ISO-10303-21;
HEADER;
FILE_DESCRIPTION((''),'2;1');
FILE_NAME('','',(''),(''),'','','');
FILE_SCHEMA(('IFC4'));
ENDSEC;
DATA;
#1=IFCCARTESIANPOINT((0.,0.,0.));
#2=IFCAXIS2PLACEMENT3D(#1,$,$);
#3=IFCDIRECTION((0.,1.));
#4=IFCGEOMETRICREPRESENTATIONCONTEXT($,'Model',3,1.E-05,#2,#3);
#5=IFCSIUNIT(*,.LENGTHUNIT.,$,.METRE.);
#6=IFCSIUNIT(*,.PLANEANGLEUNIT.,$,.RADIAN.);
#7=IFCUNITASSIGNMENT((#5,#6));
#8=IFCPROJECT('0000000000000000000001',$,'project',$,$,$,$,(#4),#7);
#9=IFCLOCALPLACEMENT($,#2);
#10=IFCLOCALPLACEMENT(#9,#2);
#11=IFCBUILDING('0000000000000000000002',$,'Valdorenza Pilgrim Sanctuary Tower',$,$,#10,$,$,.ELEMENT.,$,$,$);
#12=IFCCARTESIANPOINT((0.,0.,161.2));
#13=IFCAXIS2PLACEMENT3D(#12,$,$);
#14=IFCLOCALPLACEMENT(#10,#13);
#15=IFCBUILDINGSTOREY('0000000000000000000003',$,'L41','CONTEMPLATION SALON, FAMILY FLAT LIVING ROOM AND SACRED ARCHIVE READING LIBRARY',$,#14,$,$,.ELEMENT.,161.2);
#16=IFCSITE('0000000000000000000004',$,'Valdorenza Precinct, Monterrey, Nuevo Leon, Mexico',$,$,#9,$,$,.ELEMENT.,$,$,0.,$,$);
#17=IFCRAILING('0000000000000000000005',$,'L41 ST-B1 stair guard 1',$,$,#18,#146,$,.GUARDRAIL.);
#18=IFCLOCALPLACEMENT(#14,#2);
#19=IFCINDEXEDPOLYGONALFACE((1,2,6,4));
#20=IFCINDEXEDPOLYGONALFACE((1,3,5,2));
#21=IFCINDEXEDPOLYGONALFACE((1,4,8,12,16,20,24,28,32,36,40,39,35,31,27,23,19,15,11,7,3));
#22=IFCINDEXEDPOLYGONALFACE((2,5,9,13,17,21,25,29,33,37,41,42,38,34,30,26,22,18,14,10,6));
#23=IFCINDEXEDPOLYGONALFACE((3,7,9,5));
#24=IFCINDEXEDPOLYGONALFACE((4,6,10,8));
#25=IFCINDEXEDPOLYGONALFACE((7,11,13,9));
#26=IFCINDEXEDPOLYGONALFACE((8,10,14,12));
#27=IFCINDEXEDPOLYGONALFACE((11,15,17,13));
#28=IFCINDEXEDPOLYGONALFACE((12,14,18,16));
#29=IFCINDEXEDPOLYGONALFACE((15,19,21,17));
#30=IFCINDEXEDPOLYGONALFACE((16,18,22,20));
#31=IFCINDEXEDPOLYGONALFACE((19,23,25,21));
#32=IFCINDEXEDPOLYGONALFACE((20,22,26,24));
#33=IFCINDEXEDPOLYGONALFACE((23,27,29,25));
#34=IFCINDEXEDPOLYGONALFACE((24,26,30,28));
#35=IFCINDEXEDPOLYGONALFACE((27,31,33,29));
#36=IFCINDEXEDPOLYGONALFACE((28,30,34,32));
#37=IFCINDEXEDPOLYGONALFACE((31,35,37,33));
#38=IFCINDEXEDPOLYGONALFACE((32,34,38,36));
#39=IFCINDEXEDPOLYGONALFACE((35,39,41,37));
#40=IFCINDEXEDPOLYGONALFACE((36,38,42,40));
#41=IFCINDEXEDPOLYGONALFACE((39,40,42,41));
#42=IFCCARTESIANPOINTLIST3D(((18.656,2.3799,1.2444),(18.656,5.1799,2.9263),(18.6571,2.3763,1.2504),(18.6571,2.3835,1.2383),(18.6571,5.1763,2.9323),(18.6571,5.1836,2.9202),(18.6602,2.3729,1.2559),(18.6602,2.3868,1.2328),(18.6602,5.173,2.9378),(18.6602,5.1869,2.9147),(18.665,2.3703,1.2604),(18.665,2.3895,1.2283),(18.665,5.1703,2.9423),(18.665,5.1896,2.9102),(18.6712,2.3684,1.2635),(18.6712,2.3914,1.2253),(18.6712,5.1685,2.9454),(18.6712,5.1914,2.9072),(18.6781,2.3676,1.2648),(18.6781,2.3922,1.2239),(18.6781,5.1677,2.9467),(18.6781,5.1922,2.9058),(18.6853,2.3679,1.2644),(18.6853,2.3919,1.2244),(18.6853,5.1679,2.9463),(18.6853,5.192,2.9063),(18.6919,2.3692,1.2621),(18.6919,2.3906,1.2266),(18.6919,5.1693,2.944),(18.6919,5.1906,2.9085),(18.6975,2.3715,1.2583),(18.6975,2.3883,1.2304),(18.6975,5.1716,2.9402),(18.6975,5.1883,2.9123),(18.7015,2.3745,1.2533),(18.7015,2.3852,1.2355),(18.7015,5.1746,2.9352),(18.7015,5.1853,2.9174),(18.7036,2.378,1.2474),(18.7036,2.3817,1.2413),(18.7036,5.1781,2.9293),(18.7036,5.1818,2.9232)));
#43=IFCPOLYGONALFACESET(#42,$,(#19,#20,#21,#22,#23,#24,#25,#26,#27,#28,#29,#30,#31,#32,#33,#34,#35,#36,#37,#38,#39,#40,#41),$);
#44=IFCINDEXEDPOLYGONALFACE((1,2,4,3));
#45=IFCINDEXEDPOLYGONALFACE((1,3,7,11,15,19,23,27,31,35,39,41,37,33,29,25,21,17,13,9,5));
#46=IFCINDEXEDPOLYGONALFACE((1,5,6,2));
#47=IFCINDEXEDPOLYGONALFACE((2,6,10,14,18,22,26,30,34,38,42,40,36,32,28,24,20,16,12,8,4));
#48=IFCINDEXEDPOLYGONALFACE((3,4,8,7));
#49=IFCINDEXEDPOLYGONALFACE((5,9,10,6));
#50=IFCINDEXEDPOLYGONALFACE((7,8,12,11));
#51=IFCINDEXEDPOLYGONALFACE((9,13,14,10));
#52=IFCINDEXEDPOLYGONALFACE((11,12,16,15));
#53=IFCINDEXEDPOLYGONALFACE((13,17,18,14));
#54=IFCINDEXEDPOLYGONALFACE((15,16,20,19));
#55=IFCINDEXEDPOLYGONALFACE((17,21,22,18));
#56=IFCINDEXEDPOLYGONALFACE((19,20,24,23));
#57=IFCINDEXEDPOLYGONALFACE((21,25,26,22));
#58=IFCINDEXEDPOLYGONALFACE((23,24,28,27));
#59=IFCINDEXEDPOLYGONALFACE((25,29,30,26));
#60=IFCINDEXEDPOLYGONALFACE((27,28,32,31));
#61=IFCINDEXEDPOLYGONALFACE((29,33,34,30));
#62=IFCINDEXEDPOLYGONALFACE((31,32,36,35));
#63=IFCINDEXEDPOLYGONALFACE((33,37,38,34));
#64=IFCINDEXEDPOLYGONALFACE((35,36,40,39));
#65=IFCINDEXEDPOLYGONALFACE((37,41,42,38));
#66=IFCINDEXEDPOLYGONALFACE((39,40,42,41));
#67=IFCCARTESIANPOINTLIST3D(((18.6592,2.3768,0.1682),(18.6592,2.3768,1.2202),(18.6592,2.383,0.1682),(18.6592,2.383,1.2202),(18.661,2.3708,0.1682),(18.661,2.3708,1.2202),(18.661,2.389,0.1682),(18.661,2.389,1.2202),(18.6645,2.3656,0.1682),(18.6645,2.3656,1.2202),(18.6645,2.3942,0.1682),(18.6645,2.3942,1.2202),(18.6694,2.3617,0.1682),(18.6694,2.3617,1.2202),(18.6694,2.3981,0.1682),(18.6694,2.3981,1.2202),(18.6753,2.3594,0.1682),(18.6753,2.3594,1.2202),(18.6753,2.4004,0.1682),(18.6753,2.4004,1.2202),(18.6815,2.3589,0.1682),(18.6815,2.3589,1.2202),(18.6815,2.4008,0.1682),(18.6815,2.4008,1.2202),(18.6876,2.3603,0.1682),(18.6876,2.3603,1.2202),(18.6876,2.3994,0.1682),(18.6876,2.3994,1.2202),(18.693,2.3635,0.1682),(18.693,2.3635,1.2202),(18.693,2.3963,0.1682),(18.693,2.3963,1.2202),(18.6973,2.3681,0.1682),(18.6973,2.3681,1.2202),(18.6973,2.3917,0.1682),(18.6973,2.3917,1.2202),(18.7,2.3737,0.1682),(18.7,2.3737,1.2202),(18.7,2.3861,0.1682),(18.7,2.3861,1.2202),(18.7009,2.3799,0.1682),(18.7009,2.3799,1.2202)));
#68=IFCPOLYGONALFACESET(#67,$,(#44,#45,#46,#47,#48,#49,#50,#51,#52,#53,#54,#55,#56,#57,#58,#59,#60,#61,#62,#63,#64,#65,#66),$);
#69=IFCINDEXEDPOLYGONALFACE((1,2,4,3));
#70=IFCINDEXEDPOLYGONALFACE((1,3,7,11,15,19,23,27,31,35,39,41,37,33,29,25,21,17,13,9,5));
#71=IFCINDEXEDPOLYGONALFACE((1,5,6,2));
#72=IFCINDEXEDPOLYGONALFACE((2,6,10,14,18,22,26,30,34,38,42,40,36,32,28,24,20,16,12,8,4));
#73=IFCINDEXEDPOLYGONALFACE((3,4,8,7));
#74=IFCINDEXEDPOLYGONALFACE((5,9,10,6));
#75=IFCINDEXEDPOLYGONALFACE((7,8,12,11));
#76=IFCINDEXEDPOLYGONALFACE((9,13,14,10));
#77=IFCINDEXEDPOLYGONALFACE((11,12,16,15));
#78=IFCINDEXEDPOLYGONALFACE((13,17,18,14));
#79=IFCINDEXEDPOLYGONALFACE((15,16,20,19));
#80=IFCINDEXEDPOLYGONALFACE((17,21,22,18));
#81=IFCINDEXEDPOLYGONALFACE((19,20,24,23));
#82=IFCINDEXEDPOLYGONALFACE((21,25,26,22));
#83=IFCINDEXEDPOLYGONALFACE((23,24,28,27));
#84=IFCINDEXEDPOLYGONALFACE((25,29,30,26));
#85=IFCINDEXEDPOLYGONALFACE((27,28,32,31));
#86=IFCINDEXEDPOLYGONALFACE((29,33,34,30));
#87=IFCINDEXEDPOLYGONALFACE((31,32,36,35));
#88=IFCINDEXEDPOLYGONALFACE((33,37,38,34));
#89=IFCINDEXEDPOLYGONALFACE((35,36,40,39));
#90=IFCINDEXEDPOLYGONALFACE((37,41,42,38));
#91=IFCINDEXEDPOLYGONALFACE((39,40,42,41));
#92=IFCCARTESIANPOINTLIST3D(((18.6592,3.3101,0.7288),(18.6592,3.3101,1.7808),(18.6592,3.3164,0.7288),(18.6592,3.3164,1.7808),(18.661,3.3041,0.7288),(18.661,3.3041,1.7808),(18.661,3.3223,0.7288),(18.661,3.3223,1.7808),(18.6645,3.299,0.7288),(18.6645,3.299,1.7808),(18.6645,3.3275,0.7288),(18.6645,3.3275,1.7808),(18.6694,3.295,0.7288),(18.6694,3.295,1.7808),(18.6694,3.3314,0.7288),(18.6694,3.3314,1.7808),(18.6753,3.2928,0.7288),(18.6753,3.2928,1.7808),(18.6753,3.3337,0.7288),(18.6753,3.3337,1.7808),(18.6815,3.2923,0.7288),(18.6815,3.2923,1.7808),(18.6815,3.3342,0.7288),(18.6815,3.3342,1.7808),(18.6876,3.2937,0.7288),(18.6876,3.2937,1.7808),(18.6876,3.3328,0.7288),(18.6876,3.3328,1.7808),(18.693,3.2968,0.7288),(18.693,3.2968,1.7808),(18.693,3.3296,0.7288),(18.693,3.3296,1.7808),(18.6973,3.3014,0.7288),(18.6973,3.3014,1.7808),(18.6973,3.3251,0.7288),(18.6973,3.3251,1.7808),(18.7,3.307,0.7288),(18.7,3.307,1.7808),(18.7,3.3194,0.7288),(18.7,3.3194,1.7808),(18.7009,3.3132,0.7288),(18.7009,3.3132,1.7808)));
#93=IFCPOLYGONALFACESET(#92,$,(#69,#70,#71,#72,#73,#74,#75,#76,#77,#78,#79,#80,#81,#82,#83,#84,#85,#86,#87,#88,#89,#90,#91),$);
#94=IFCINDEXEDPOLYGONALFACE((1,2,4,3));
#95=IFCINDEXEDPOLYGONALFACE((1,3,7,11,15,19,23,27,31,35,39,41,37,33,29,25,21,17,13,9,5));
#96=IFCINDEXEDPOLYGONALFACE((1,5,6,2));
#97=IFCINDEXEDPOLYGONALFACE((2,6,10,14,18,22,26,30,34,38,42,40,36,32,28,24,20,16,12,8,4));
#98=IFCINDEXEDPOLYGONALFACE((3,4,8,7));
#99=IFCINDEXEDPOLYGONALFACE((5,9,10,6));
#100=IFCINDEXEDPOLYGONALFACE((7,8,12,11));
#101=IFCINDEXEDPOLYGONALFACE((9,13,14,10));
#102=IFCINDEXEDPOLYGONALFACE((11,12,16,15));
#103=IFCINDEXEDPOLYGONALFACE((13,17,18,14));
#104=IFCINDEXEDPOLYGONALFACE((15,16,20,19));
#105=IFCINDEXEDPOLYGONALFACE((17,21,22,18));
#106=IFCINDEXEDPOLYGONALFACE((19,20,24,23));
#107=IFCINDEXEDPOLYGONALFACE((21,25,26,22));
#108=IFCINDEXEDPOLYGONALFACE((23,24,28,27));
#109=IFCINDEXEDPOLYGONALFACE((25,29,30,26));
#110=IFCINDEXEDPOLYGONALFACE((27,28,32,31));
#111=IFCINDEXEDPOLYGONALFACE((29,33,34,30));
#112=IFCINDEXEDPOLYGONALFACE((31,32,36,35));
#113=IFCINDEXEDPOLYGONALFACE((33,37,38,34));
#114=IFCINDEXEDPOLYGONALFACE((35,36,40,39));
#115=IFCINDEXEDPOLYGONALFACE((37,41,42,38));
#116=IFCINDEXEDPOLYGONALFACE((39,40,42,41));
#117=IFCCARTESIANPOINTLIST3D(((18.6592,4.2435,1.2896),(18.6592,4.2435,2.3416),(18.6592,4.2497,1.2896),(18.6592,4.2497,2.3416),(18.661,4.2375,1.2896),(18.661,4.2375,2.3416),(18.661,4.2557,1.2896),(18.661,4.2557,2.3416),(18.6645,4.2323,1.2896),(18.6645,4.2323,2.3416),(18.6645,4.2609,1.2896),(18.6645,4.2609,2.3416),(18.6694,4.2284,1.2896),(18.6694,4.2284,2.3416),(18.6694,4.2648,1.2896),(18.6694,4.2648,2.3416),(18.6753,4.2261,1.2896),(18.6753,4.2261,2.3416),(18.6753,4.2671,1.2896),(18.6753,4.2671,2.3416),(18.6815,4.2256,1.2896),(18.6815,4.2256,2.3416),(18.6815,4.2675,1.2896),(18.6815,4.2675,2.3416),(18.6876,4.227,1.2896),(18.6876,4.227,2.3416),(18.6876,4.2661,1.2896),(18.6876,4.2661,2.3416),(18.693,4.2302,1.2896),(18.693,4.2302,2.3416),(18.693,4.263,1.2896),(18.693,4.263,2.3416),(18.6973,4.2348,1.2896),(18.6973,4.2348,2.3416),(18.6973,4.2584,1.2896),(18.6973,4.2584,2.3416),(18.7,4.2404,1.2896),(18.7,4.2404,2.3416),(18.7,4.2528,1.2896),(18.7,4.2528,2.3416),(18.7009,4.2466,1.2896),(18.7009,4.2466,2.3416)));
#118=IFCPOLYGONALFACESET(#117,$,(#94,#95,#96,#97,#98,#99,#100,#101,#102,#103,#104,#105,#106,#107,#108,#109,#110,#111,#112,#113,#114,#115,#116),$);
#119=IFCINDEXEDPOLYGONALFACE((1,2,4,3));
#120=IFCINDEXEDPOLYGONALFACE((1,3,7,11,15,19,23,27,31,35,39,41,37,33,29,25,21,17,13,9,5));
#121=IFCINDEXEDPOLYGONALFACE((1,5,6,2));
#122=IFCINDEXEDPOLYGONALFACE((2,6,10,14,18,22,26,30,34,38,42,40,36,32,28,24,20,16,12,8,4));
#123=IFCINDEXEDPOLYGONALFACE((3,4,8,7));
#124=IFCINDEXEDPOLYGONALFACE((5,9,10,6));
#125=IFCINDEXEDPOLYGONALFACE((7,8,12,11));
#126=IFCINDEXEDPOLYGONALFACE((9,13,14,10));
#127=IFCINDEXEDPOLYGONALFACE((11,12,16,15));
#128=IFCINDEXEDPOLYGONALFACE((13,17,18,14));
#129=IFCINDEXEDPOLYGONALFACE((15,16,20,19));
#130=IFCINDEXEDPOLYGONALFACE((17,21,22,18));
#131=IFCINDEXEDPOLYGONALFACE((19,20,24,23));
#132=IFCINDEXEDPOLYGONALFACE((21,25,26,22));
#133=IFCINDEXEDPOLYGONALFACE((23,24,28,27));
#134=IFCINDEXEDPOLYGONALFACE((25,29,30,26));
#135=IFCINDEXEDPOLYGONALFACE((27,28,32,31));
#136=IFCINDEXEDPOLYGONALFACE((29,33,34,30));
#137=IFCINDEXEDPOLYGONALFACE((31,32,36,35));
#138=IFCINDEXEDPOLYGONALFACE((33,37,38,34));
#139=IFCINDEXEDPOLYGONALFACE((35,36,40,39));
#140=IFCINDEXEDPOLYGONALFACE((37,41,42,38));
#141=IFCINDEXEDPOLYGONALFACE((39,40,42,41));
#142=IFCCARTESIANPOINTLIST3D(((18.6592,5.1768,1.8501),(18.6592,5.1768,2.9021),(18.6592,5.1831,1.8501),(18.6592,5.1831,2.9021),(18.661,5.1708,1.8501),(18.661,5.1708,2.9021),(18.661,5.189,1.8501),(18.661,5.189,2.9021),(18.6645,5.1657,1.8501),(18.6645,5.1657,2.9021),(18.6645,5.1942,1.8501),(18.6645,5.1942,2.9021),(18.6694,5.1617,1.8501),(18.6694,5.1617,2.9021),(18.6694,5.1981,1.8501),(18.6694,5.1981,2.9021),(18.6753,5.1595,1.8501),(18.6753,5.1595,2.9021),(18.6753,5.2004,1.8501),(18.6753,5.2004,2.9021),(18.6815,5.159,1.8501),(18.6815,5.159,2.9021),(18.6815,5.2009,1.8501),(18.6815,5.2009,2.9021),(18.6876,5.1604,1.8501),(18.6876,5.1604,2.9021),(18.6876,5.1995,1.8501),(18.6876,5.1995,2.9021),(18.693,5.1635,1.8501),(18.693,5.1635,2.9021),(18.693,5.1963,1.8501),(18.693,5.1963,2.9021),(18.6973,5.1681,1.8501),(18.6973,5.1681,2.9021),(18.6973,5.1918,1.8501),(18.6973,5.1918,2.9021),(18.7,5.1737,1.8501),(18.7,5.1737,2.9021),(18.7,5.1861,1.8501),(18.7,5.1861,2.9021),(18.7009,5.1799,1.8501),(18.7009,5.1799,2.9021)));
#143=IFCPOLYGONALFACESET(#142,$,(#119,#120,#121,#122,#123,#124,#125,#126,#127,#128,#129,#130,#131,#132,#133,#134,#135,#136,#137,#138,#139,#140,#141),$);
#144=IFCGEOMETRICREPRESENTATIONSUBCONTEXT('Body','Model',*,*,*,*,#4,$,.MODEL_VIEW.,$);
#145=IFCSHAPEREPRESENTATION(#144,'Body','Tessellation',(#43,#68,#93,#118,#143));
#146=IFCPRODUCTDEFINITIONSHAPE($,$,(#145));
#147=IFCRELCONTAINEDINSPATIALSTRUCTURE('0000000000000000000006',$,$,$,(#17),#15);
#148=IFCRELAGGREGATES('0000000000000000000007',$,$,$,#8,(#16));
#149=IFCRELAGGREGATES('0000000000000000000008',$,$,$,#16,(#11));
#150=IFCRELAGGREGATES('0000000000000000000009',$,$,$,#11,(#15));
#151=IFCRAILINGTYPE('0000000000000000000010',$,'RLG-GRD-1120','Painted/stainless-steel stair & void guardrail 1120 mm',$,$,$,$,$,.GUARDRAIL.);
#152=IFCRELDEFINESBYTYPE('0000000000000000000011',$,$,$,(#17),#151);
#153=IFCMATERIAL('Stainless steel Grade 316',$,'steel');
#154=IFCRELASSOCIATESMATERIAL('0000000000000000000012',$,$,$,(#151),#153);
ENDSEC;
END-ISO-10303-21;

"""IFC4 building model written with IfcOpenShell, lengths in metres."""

from ifc_helpers import new_model, si_unit, direction, frame, origin, origin_2d, place, context, subcontext, project, spatial, circle, extrude, material, type_object, element, save


model = new_model("IFC4")

# Units and contexts
model_context = context("Model", 3, precision=1e-05, world=origin(), true_north=direction((0.0, 1.0)))
body_context = subcontext(model_context, "Body", "Model", "MODEL_VIEW")
ifc_project = project(units=[si_unit("LENGTHUNIT", "METRE"), si_unit("PLANEANGLEUNIT", "RADIAN")], contexts=[model_context])

# Site, building, storey
site_placement = place(None, origin())
site = spatial("IfcSite", under=ifc_project, at=site_placement, Name="Valdorenza Precinct, Monterrey, Nuevo Leon, Mexico", CompositionType="ELEMENT", RefElevation=0.0)
building_placement = place(site_placement, origin())
building = spatial("IfcBuilding", under=site, at=building_placement, Name="Valdorenza Pilgrim Sanctuary Tower", CompositionType="ELEMENT")
storey_placement = place(building_placement, frame((0.0, 0.0, 161.2)))
storey = spatial("IfcBuildingStorey", under=building, at=storey_placement, Name="L41", Description="CONTEMPLATION SALON, FAMILY FLAT LIVING ROOM AND SACRED ARCHIVE READING LIBRARY", CompositionType="ELEMENT", Elevation=161.2)

# Railing
ifc_material_1 = material(Name="Stainless steel Grade 316", Category="steel")
railing_type_1 = type_object("IfcRailingType", Name="RLG-GRD-1120", Description="Painted/stainless-steel stair & void guardrail 1120 mm", PredefinedType="GUARDRAIL", material=ifc_material_1)
railing_1_placement = place(storey_placement, frame((18.6799, 2.3799, 0.1682)))
element("IfcRailing", 1, at=railing_1_placement, inside=storey, type_object=railing_type_1, Name="L41 ST-B1 stair guard 1", PredefinedType="GUARDRAIL", context=body_context, shape_type="SweptSolid", body=[
    extrude(circle(Radius=0.0239, at=origin_2d()), frame((0.0, 0.0, 1.0762), z_axis=(0.0, 0.857242, 0.514913), x_axis=(-1.0, 0.0, 0.0)), (0.0, 0.0, 1.0), 3.2664),
    extrude(circle(Radius=0.021, at=origin_2d()), origin(), (0.0, 0.0, 1.0), 1.052),
    extrude(circle(Radius=0.021, at=origin_2d()), frame((0.0, 0.9333, 0.5605)), (0.0, 0.0, 1.0), 1.052),
    extrude(circle(Radius=0.021, at=origin_2d()), frame((0.0, 1.8667, 1.1213)), (0.0, 0.0, 1.0), 1.052),
    extrude(circle(Radius=0.021, at=origin_2d()), frame((0.0, 2.8, 1.6819)), (0.0, 0.0, 1.0), 1.052),
])

save(model, "model.ifc")
